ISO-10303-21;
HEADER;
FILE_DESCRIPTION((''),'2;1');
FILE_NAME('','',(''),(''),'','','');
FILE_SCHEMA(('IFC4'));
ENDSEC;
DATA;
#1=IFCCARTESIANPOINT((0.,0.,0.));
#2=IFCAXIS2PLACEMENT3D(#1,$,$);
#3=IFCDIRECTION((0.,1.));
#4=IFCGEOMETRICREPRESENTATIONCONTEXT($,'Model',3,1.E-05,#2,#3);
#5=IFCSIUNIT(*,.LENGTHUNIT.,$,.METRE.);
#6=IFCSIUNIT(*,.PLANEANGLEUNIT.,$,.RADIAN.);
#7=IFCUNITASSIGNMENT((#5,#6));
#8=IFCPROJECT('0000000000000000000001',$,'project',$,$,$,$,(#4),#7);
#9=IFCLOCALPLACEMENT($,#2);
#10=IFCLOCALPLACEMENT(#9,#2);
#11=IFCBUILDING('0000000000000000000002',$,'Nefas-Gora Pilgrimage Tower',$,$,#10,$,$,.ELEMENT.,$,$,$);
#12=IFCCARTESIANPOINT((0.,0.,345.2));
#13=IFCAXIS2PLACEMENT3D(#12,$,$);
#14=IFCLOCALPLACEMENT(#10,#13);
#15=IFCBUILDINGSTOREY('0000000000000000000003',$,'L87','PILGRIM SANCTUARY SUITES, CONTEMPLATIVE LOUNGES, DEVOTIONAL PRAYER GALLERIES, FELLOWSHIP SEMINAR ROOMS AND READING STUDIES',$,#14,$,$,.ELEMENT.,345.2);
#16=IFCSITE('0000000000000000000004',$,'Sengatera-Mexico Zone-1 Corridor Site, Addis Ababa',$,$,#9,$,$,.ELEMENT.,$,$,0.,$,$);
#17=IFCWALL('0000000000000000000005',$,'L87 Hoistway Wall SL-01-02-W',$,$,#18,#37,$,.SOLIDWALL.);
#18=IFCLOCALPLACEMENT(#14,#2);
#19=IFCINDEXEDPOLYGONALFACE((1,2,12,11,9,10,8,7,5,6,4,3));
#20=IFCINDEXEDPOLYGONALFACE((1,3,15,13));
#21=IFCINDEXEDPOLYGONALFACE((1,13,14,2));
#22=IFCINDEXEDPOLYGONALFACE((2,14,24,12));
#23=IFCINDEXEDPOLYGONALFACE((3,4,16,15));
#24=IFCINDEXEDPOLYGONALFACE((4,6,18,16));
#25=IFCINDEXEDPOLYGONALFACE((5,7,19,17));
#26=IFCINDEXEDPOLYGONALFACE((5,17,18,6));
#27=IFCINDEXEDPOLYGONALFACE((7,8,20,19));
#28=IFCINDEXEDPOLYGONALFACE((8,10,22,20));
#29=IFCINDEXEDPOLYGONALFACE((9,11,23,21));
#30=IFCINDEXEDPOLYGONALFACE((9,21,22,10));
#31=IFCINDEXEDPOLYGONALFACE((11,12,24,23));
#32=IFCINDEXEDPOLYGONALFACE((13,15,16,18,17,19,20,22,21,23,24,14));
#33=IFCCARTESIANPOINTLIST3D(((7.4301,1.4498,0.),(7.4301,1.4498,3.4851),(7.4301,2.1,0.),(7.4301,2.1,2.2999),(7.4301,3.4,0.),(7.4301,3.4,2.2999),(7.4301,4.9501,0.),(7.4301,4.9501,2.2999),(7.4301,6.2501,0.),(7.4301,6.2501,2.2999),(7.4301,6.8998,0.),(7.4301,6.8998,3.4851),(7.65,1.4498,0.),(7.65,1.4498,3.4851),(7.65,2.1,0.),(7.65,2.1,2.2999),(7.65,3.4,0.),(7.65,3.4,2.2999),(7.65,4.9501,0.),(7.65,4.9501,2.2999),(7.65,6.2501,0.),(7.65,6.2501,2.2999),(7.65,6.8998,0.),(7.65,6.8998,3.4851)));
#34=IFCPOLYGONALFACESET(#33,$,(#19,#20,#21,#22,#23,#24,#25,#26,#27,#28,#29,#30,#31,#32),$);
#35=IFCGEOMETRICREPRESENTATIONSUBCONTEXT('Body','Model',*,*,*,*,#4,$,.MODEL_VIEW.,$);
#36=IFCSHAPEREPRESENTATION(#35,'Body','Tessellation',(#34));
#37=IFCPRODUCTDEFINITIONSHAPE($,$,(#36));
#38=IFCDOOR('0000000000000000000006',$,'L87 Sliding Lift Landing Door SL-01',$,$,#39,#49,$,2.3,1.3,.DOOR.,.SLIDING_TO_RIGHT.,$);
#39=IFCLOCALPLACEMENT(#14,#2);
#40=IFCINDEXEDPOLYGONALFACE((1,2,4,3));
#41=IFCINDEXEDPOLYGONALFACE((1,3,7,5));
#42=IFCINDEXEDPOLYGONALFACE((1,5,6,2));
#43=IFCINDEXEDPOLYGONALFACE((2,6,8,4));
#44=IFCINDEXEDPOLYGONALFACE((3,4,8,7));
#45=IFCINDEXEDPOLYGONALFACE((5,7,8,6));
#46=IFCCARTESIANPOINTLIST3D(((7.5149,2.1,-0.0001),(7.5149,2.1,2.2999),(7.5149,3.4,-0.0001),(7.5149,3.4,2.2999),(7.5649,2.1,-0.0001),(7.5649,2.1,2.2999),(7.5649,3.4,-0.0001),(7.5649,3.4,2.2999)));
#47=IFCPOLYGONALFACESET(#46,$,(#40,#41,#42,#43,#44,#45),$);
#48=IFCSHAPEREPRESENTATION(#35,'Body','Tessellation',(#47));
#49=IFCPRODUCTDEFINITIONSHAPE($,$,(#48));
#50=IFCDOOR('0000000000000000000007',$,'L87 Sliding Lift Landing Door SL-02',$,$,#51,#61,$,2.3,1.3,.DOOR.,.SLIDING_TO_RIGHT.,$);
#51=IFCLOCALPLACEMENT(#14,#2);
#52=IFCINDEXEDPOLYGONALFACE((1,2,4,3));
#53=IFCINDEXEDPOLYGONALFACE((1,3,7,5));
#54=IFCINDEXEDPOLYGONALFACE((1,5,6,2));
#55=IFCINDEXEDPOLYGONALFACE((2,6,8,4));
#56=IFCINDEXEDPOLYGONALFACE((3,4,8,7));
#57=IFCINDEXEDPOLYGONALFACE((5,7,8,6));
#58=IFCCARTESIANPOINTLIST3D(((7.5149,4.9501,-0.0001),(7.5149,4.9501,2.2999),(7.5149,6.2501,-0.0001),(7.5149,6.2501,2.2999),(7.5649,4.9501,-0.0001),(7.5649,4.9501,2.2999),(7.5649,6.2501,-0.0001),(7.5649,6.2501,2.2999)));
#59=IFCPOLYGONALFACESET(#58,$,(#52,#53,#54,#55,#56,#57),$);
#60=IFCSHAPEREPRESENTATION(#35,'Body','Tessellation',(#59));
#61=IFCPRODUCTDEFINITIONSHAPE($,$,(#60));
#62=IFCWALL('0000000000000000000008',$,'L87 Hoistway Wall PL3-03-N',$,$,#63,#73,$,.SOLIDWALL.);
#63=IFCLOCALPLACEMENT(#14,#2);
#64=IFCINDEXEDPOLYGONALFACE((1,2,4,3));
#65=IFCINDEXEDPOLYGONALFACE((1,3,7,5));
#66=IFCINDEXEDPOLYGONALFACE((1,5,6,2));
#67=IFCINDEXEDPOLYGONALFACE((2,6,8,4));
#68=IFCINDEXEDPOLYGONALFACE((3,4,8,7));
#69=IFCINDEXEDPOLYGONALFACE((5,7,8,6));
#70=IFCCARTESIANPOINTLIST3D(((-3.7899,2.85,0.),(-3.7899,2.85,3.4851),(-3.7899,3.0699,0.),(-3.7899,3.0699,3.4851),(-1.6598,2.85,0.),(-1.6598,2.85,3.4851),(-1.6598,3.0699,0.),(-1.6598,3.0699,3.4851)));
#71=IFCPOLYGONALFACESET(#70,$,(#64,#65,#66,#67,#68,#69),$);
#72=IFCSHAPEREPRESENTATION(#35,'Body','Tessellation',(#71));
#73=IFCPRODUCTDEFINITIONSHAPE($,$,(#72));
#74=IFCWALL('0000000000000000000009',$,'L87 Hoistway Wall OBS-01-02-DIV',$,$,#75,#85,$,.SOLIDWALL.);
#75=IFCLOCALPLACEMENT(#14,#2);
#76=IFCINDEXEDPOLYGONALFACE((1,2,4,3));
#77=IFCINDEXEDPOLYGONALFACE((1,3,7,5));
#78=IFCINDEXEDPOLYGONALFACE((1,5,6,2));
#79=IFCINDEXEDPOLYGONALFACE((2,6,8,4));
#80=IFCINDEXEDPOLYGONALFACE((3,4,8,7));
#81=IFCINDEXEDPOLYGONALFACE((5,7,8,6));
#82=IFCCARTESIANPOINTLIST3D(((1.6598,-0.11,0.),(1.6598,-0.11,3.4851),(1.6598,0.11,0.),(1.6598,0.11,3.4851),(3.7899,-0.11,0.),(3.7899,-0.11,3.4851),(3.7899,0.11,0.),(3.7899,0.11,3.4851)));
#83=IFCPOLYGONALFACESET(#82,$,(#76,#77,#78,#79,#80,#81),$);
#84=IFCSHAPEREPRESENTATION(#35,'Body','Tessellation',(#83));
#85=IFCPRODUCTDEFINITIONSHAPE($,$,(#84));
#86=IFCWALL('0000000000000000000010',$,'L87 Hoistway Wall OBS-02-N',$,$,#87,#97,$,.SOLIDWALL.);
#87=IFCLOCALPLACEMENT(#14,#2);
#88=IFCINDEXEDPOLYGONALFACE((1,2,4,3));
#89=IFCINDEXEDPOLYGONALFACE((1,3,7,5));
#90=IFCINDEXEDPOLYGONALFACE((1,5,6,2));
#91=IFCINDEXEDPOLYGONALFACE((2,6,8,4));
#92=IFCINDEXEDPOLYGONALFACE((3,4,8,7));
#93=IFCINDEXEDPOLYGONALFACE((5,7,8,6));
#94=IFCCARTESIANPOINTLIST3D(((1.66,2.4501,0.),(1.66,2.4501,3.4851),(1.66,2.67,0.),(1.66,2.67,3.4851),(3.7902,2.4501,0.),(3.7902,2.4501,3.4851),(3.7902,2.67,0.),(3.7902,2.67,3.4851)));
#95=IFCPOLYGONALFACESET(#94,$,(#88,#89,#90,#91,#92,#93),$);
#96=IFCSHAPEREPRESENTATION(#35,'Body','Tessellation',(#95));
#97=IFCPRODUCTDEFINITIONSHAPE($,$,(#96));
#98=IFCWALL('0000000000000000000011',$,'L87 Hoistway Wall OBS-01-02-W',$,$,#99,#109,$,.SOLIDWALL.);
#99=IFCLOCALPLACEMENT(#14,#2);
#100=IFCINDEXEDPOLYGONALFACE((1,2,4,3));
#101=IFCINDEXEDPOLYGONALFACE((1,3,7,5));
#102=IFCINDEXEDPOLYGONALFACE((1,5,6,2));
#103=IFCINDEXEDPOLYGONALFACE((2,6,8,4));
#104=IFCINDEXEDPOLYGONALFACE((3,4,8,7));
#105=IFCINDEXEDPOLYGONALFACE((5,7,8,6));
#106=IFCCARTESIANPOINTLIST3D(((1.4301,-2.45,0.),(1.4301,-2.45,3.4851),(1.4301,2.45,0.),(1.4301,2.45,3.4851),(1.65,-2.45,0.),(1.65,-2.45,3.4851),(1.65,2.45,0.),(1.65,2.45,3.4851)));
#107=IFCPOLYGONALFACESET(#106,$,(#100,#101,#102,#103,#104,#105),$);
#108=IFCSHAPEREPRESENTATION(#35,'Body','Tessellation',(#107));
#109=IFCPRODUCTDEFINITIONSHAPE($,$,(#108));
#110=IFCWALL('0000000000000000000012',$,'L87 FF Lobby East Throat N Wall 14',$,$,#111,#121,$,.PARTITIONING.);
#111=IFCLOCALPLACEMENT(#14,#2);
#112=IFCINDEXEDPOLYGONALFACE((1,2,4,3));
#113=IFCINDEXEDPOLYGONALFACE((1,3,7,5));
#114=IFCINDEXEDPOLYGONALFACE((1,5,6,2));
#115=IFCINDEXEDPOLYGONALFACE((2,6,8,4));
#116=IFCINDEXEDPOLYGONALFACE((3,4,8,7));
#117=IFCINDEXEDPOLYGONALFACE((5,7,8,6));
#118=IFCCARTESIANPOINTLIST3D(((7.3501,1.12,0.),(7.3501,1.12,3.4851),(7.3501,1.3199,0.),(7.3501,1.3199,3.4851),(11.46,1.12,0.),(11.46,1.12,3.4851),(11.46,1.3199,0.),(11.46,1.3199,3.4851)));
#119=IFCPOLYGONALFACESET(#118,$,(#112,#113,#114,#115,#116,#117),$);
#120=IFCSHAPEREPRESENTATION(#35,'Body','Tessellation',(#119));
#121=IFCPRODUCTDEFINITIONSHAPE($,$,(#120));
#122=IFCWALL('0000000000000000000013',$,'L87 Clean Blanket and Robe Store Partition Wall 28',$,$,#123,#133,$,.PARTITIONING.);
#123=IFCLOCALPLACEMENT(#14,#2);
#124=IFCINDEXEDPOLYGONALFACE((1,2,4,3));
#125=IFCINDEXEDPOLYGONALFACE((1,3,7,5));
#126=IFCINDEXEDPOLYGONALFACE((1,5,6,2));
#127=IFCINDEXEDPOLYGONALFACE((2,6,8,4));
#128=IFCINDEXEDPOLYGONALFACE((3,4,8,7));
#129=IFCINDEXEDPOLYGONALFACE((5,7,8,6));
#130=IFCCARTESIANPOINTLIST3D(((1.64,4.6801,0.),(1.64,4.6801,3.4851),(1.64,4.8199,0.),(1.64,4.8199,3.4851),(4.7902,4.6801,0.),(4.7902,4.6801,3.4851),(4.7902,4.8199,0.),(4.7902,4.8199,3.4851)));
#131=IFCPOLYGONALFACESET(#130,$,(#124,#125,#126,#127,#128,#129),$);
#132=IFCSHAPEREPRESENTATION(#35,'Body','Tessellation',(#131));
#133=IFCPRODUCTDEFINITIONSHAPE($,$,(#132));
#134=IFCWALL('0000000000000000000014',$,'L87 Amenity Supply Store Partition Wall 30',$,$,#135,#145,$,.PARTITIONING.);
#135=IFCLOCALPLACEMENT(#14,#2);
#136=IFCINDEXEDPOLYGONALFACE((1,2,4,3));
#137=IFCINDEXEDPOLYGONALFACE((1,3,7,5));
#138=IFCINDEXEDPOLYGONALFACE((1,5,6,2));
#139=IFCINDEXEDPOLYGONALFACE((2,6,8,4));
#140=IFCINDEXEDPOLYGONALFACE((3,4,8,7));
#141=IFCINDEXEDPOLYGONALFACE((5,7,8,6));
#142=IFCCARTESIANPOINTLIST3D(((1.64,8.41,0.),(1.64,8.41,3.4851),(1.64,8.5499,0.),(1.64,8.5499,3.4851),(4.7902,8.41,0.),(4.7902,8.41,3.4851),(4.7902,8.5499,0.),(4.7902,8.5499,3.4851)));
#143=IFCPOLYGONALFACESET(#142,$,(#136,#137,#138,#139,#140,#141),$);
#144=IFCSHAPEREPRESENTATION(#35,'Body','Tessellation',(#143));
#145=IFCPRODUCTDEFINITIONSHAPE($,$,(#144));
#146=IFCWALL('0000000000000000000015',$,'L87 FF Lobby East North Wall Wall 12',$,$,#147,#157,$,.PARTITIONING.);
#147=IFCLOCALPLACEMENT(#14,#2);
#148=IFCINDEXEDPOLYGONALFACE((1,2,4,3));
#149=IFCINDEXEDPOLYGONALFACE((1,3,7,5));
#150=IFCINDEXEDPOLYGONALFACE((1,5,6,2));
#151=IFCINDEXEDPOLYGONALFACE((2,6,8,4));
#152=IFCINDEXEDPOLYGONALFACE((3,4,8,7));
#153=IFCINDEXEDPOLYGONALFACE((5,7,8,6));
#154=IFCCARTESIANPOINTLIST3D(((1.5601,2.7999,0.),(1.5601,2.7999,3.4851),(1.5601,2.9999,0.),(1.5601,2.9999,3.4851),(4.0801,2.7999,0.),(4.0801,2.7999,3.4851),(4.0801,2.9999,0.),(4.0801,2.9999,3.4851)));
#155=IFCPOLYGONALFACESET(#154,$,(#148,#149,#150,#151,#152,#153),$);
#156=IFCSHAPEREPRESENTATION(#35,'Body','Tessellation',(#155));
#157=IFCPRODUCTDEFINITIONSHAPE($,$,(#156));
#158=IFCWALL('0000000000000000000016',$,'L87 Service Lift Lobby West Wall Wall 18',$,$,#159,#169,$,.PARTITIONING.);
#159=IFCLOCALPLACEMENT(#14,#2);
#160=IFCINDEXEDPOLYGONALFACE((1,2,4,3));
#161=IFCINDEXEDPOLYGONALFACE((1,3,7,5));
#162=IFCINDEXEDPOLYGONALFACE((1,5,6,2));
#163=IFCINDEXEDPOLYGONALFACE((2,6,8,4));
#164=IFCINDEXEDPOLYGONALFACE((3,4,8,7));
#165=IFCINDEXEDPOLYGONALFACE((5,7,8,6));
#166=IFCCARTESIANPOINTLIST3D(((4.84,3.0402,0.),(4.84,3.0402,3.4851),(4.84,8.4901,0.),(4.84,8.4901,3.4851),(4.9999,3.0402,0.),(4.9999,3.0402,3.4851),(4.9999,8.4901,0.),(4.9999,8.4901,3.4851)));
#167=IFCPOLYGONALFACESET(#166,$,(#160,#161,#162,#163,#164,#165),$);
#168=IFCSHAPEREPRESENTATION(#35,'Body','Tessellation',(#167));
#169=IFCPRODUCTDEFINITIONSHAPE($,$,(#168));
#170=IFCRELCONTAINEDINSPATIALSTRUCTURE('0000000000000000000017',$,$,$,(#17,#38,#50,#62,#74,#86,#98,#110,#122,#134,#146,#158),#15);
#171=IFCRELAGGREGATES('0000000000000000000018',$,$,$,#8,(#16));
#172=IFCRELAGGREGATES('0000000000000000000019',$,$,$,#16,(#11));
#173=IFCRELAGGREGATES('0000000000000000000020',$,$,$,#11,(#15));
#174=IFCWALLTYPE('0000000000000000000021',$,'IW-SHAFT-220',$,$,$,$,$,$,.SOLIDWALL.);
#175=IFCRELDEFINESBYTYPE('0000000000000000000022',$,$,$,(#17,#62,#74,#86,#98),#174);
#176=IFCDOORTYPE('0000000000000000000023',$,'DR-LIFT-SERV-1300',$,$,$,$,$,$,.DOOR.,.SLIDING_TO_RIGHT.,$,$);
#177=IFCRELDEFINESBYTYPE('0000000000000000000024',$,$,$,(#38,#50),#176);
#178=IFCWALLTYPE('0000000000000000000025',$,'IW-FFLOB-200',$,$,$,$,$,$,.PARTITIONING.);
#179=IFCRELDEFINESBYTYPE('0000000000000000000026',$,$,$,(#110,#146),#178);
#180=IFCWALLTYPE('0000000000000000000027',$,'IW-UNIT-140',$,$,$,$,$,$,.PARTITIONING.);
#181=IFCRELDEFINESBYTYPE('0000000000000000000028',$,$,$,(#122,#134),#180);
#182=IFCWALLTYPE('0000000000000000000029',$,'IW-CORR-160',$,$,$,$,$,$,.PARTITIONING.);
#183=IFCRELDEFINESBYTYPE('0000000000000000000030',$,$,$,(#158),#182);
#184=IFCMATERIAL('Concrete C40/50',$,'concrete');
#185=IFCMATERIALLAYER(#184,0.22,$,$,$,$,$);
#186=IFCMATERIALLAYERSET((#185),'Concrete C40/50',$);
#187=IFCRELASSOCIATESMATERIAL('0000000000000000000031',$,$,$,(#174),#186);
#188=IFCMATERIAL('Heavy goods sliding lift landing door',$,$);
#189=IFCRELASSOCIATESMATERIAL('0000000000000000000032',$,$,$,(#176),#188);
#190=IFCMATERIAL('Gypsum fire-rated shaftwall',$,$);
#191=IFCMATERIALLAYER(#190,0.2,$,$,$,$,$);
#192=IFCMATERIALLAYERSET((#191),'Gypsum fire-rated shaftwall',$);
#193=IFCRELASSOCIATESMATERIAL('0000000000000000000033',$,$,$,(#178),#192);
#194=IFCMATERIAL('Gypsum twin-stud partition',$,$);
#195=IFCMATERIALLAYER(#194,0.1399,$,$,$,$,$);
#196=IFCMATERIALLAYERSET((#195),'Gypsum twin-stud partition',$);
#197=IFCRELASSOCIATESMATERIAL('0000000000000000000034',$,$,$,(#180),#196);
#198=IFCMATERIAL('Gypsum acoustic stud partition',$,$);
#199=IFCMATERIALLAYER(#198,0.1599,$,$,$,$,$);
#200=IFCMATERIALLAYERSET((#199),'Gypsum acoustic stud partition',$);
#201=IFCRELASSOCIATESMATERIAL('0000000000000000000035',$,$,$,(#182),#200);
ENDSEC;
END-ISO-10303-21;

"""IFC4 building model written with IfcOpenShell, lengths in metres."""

from ifc_helpers import new_model, si_unit, direction, frame, frame_2d, origin, place, context, subcontext, project, spatial, rectangle, extrude, source, transform, mapped, material, layer, layer_set, type_object, element, fill, save


model = new_model("IFC4")

# Units and contexts
model_context = context("Model", 3, precision=1e-05, world=origin(), true_north=direction((0.0, 1.0)))
body_context = subcontext(model_context, "Body", "Model", "MODEL_VIEW")
ifc_project = project(units=[si_unit("LENGTHUNIT", "METRE"), si_unit("PLANEANGLEUNIT", "RADIAN")], contexts=[model_context])

# Site, building, storey
site_placement = place(None, origin())
site = spatial("IfcSite", under=ifc_project, at=site_placement, Name="Sengatera-Mexico Zone-1 Corridor Site, Addis Ababa", CompositionType="ELEMENT", RefElevation=0.0)
building_placement = place(site_placement, origin())
building = spatial("IfcBuilding", under=site, at=building_placement, Name="Nefas-Gora Pilgrimage Tower", CompositionType="ELEMENT")
storey_placement = place(building_placement, frame((0.0, 0.0, 345.2)))
storey = spatial("IfcBuildingStorey", under=building, at=storey_placement, Name="L87", Description="PILGRIM SANCTUARY SUITES, CONTEMPLATIVE LOUNGES, DEVOTIONAL PRAYER GALLERIES, FELLOWSHIP SEMINAR ROOMS AND READING STUDIES", CompositionType="ELEMENT", Elevation=345.2)

# Shared definitions
ifc_material_1 = material(Name="Concrete C40/50", Category="concrete")

# Wall, openings, doors
ifc_layer_1 = layer(ifc_material_1, 0.22)
ifc_layer_set_1 = layer_set([ifc_layer_1], Name="Concrete C40/50")
wall_type_1 = type_object("IfcWallType", Name="IW-SHAFT-220", PredefinedType="SOLIDWALL", material=ifc_layer_set_1)
shared_shape_1 = source(origin(), body_context, "Body", "SweptSolid", [
    extrude(rectangle(XDim=5.45, YDim=0.22, at=frame_2d((2.7251, 0.0))), origin(), (0.0, 0.0, 1.0), 3.4851),
])
wall_1_placement = place(storey_placement, frame((7.54, 6.8999, 0.0), z_axis=(0.0, 0.0, 1.0), x_axis=(0.0, -1.0, 0.0)))
wall_1 = element("IfcWall", 1, at=wall_1_placement, inside=storey, type_object=wall_type_1, Name="L87 Hoistway Wall SL-01-02-W", PredefinedType="SOLIDWALL", context=body_context, shape_type="MappedRepresentation", body=[
    mapped(shared_shape_1, transform((0.0, 0.0, 0.0), x_axis=(1.0, 0.0, 0.0), y_axis=(0.0, 1.0, 0.0), z_axis=(0.0, 0.0, 1.0), scale=1.0)),
])
opening_1_placement = place(wall_1_placement, frame((3.5, 0.0, 0.0)))
opening_1 = element("IfcOpeningElement", 2, at=opening_1_placement, cuts=wall_1, PredefinedType="OPENING", context=body_context, shape_type="SweptSolid", body=[
    extrude(rectangle(XDim=1.3, YDim=2.3, at=frame_2d((0.6499, 1.1499))), frame((0.0, 0.1199, 0.0), z_axis=(0.0, -1.0, 0.0), x_axis=(1.0, 0.0, 0.0)), (0.0, 0.0, 1.0), 0.24),
])
opening_2_placement = place(wall_1_placement, frame((0.6499, 0.0, 0.0)))
opening_2 = element("IfcOpeningElement", 3, at=opening_2_placement, cuts=wall_1, PredefinedType="OPENING", context=body_context, shape_type="SweptSolid", body=[
    extrude(rectangle(XDim=1.3, YDim=2.3, at=frame_2d((0.6499, 1.1499))), frame((0.0, 0.1199, 0.0), z_axis=(0.0, -1.0, 0.0), x_axis=(1.0, 0.0, 0.0)), (0.0, 0.0, 1.0), 0.24),
])
ifc_material_2 = material(Name="Heavy goods sliding lift landing door")
door_type_1 = type_object("IfcDoorType", Name="DR-LIFT-SERV-1300", OperationType="SLIDING_TO_RIGHT", PredefinedType="DOOR", material=ifc_material_2)
shared_shape_2 = source(origin(), body_context, "Body", "SweptSolid", [
    extrude(rectangle(XDim=1.3, YDim=2.3, at=frame_2d((0.6499, 1.1499))), frame((0.0, 0.0249, 0.0), z_axis=(0.0, -1.0, 0.0), x_axis=(1.0, 0.0, 0.0)), (0.0, 0.0, 1.0), 0.05),
])
door_1_placement = place(opening_1_placement, origin())
door_1 = element("IfcDoor", 4, at=door_1_placement, inside=storey, type_object=door_type_1, Name="L87 Sliding Lift Landing Door SL-01", OperationType="SLIDING_TO_RIGHT", OverallHeight=2.3, OverallWidth=1.3, PredefinedType="DOOR", context=body_context, shape_type="MappedRepresentation", body=[
    mapped(shared_shape_2, transform((0.0, 0.0, 0.0), x_axis=(1.0, 0.0, 0.0), y_axis=(0.0, 1.0, 0.0), z_axis=(0.0, 0.0, 1.0), scale=1.0)),
])
fill(opening_1, door_1)
door_2_placement = place(opening_2_placement, origin())
door_2 = element("IfcDoor", 5, at=door_2_placement, inside=storey, type_object=door_type_1, Name="L87 Sliding Lift Landing Door SL-02", OperationType="SLIDING_TO_RIGHT", OverallHeight=2.3, OverallWidth=1.3, PredefinedType="DOOR", context=body_context, shape_type="MappedRepresentation", body=[
    mapped(shared_shape_2, transform((0.0, 0.0, 0.0), x_axis=(1.0, 0.0, 0.0), y_axis=(0.0, 1.0, 0.0), z_axis=(0.0, 0.0, 1.0), scale=1.0)),
])
fill(opening_2, door_2)

# Walls
shared_shape_3 = source(origin(), body_context, "Body", "SweptSolid", [
    extrude(rectangle(XDim=2.1301, YDim=0.22, at=frame_2d((1.0649, 0.0))), origin(), (0.0, 0.0, 1.0), 3.4851),
])
for number, where, z_axis, x_axis, name in (
    (6, (-1.6599, 2.96, 0.0), (0.0, 0.0, 1.0), (-1.0, 0.0, 0.0), "L87 Hoistway Wall PL3-03-N"),
    (7, (1.6599, 0.0, 0.0), (0.0, 0.0, 1.0), (1.0, 0.0, 0.0), "L87 Hoistway Wall OBS-01-02-DIV"),
    (8, (3.79, 2.5601, 0.0), (0.0, 0.0, 1.0), (-1.0, 0.0, 0.0), "L87 Hoistway Wall OBS-02-N"),
):
    element("IfcWall", number, at=place(storey_placement, frame(where, z_axis=z_axis, x_axis=x_axis)), inside=storey, type_object=wall_type_1, Name=name, PredefinedType="SOLIDWALL", context=body_context, shape_type="MappedRepresentation", body=[
        mapped(shared_shape_3, transform((0.0, 0.0, 0.0), x_axis=(1.0, 0.0, 0.0), y_axis=(0.0, 1.0, 0.0), z_axis=(0.0, 0.0, 1.0), scale=1.0)),
    ])
shared_shape_4 = source(origin(), body_context, "Body", "SweptSolid", [
    extrude(rectangle(XDim=4.8999, YDim=0.22, at=frame_2d((2.45, 0.0))), origin(), (0.0, 0.0, 1.0), 3.4851),
])
wall_2_placement = place(storey_placement, frame((1.54, 2.45, 0.0), z_axis=(0.0, 0.0, 1.0), x_axis=(0.0, -1.0, 0.0)))
element("IfcWall", 9, at=wall_2_placement, inside=storey, type_object=wall_type_1, Name="L87 Hoistway Wall OBS-01-02-W", PredefinedType="SOLIDWALL", context=body_context, shape_type="MappedRepresentation", body=[
    mapped(shared_shape_4, transform((0.0, 0.0, 0.0), x_axis=(1.0, 0.0, 0.0), y_axis=(0.0, 1.0, 0.0), z_axis=(0.0, 0.0, 1.0), scale=1.0)),
])

# Shared definitions
ifc_material_3 = material(Name="Gypsum fire-rated shaftwall")
ifc_layer_2 = layer(ifc_material_3, 0.2)
ifc_layer_set_2 = layer_set([ifc_layer_2], Name="Gypsum fire-rated shaftwall")
wall_type_2 = type_object("IfcWallType", Name="IW-FFLOB-200", PredefinedType="PARTITIONING", material=ifc_layer_set_2)

# Walls
shared_shape_5 = source(origin(), body_context, "Body", "SweptSolid", [
    extrude(rectangle(XDim=4.1099, YDim=0.2, at=frame_2d((2.0549, 0.0))), origin(), (0.0, 0.0, 1.0), 3.4851),
])
wall_3_placement = place(storey_placement, frame((7.3501, 1.22, 0.0), z_axis=(0.0, 0.0, 1.0), x_axis=(1.0, 0.0, 0.0)))
element("IfcWall", 10, at=wall_3_placement, inside=storey, type_object=wall_type_2, Name="L87 FF Lobby East Throat N Wall 14", PredefinedType="PARTITIONING", context=body_context, shape_type="MappedRepresentation", body=[
    mapped(shared_shape_5, transform((0.0, 0.0, 0.0), x_axis=(1.0, 0.0, 0.0), y_axis=(0.0, 1.0, 0.0), z_axis=(0.0, 0.0, 1.0), scale=1.0)),
])
ifc_material_4 = material(Name="Gypsum twin-stud partition")
ifc_layer_3 = layer(ifc_material_4, 0.1399)
ifc_layer_set_3 = layer_set([ifc_layer_3], Name="Gypsum twin-stud partition")
wall_type_3 = type_object("IfcWallType", Name="IW-UNIT-140", PredefinedType="PARTITIONING", material=ifc_layer_set_3)
shared_shape_6 = source(origin(), body_context, "Body", "SweptSolid", [
    extrude(rectangle(XDim=3.1501, YDim=0.1399, at=frame_2d((1.5752, 0.0))), origin(), (0.0, 0.0, 1.0), 3.4851),
])
for number, where, z_axis, x_axis, name in (
    (11, (1.6399, 4.75, 0.0), (0.0, 0.0, 1.0), (1.0, 0.0, 0.0), "L87 Clean Blanket and Robe Store Partition Wall 28"),
    (12, (1.6399, 8.48, 0.0), (0.0, 0.0, 1.0), (1.0, 0.0, 0.0), "L87 Amenity Supply Store Partition Wall 30"),
):
    element("IfcWall", number, at=place(storey_placement, frame(where, z_axis=z_axis, x_axis=x_axis)), inside=storey, type_object=wall_type_3, Name=name, PredefinedType="PARTITIONING", context=body_context, shape_type="MappedRepresentation", body=[
        mapped(shared_shape_6, transform((0.0, 0.0, 0.0), x_axis=(1.0, 0.0, 0.0), y_axis=(0.0, 1.0, 0.0), z_axis=(0.0, 0.0, 1.0), scale=1.0)),
    ])
shared_shape_7 = source(origin(), body_context, "Body", "SweptSolid", [
    extrude(rectangle(XDim=2.52, YDim=0.2, at=frame_2d((1.26, 0.0))), origin(), (0.0, 0.0, 1.0), 3.4851),
])
wall_4_placement = place(storey_placement, frame((1.5601, 2.8999, 0.0), z_axis=(0.0, 0.0, 1.0), x_axis=(1.0, 0.0, 0.0)))
element("IfcWall", 13, at=wall_4_placement, inside=storey, type_object=wall_type_2, Name="L87 FF Lobby East North Wall Wall 12", PredefinedType="PARTITIONING", context=body_context, shape_type="MappedRepresentation", body=[
    mapped(shared_shape_7, transform((0.0, 0.0, 0.0), x_axis=(1.0, 0.0, 0.0), y_axis=(0.0, 1.0, 0.0), z_axis=(0.0, 0.0, 1.0), scale=1.0)),
])
ifc_material_5 = material(Name="Gypsum acoustic stud partition")
ifc_layer_4 = layer(ifc_material_5, 0.1599)
ifc_layer_set_4 = layer_set([ifc_layer_4], Name="Gypsum acoustic stud partition")
wall_type_4 = type_object("IfcWallType", Name="IW-CORR-160", PredefinedType="PARTITIONING", material=ifc_layer_set_4)
shared_shape_8 = source(origin(), body_context, "Body", "SweptSolid", [
    extrude(rectangle(XDim=5.45, YDim=0.1599, at=frame_2d((2.7251, 0.0))), origin(), (0.0, 0.0, 1.0), 3.4851),
])
wall_5_placement = place(storey_placement, frame((4.9199, 3.04, 0.0), z_axis=(0.0, 0.0, 1.0), x_axis=(0.0, 1.0, 0.0)))
element("IfcWall", 14, at=wall_5_placement, inside=storey, type_object=wall_type_4, Name="L87 Service Lift Lobby West Wall Wall 18", PredefinedType="PARTITIONING", context=body_context, shape_type="MappedRepresentation", body=[
    mapped(shared_shape_8, transform((0.0, 0.0, 0.0), x_axis=(1.0, 0.0, 0.0), y_axis=(0.0, 1.0, 0.0), z_axis=(0.0, 0.0, 1.0), scale=1.0)),
])

save(model, "model.ifc")
